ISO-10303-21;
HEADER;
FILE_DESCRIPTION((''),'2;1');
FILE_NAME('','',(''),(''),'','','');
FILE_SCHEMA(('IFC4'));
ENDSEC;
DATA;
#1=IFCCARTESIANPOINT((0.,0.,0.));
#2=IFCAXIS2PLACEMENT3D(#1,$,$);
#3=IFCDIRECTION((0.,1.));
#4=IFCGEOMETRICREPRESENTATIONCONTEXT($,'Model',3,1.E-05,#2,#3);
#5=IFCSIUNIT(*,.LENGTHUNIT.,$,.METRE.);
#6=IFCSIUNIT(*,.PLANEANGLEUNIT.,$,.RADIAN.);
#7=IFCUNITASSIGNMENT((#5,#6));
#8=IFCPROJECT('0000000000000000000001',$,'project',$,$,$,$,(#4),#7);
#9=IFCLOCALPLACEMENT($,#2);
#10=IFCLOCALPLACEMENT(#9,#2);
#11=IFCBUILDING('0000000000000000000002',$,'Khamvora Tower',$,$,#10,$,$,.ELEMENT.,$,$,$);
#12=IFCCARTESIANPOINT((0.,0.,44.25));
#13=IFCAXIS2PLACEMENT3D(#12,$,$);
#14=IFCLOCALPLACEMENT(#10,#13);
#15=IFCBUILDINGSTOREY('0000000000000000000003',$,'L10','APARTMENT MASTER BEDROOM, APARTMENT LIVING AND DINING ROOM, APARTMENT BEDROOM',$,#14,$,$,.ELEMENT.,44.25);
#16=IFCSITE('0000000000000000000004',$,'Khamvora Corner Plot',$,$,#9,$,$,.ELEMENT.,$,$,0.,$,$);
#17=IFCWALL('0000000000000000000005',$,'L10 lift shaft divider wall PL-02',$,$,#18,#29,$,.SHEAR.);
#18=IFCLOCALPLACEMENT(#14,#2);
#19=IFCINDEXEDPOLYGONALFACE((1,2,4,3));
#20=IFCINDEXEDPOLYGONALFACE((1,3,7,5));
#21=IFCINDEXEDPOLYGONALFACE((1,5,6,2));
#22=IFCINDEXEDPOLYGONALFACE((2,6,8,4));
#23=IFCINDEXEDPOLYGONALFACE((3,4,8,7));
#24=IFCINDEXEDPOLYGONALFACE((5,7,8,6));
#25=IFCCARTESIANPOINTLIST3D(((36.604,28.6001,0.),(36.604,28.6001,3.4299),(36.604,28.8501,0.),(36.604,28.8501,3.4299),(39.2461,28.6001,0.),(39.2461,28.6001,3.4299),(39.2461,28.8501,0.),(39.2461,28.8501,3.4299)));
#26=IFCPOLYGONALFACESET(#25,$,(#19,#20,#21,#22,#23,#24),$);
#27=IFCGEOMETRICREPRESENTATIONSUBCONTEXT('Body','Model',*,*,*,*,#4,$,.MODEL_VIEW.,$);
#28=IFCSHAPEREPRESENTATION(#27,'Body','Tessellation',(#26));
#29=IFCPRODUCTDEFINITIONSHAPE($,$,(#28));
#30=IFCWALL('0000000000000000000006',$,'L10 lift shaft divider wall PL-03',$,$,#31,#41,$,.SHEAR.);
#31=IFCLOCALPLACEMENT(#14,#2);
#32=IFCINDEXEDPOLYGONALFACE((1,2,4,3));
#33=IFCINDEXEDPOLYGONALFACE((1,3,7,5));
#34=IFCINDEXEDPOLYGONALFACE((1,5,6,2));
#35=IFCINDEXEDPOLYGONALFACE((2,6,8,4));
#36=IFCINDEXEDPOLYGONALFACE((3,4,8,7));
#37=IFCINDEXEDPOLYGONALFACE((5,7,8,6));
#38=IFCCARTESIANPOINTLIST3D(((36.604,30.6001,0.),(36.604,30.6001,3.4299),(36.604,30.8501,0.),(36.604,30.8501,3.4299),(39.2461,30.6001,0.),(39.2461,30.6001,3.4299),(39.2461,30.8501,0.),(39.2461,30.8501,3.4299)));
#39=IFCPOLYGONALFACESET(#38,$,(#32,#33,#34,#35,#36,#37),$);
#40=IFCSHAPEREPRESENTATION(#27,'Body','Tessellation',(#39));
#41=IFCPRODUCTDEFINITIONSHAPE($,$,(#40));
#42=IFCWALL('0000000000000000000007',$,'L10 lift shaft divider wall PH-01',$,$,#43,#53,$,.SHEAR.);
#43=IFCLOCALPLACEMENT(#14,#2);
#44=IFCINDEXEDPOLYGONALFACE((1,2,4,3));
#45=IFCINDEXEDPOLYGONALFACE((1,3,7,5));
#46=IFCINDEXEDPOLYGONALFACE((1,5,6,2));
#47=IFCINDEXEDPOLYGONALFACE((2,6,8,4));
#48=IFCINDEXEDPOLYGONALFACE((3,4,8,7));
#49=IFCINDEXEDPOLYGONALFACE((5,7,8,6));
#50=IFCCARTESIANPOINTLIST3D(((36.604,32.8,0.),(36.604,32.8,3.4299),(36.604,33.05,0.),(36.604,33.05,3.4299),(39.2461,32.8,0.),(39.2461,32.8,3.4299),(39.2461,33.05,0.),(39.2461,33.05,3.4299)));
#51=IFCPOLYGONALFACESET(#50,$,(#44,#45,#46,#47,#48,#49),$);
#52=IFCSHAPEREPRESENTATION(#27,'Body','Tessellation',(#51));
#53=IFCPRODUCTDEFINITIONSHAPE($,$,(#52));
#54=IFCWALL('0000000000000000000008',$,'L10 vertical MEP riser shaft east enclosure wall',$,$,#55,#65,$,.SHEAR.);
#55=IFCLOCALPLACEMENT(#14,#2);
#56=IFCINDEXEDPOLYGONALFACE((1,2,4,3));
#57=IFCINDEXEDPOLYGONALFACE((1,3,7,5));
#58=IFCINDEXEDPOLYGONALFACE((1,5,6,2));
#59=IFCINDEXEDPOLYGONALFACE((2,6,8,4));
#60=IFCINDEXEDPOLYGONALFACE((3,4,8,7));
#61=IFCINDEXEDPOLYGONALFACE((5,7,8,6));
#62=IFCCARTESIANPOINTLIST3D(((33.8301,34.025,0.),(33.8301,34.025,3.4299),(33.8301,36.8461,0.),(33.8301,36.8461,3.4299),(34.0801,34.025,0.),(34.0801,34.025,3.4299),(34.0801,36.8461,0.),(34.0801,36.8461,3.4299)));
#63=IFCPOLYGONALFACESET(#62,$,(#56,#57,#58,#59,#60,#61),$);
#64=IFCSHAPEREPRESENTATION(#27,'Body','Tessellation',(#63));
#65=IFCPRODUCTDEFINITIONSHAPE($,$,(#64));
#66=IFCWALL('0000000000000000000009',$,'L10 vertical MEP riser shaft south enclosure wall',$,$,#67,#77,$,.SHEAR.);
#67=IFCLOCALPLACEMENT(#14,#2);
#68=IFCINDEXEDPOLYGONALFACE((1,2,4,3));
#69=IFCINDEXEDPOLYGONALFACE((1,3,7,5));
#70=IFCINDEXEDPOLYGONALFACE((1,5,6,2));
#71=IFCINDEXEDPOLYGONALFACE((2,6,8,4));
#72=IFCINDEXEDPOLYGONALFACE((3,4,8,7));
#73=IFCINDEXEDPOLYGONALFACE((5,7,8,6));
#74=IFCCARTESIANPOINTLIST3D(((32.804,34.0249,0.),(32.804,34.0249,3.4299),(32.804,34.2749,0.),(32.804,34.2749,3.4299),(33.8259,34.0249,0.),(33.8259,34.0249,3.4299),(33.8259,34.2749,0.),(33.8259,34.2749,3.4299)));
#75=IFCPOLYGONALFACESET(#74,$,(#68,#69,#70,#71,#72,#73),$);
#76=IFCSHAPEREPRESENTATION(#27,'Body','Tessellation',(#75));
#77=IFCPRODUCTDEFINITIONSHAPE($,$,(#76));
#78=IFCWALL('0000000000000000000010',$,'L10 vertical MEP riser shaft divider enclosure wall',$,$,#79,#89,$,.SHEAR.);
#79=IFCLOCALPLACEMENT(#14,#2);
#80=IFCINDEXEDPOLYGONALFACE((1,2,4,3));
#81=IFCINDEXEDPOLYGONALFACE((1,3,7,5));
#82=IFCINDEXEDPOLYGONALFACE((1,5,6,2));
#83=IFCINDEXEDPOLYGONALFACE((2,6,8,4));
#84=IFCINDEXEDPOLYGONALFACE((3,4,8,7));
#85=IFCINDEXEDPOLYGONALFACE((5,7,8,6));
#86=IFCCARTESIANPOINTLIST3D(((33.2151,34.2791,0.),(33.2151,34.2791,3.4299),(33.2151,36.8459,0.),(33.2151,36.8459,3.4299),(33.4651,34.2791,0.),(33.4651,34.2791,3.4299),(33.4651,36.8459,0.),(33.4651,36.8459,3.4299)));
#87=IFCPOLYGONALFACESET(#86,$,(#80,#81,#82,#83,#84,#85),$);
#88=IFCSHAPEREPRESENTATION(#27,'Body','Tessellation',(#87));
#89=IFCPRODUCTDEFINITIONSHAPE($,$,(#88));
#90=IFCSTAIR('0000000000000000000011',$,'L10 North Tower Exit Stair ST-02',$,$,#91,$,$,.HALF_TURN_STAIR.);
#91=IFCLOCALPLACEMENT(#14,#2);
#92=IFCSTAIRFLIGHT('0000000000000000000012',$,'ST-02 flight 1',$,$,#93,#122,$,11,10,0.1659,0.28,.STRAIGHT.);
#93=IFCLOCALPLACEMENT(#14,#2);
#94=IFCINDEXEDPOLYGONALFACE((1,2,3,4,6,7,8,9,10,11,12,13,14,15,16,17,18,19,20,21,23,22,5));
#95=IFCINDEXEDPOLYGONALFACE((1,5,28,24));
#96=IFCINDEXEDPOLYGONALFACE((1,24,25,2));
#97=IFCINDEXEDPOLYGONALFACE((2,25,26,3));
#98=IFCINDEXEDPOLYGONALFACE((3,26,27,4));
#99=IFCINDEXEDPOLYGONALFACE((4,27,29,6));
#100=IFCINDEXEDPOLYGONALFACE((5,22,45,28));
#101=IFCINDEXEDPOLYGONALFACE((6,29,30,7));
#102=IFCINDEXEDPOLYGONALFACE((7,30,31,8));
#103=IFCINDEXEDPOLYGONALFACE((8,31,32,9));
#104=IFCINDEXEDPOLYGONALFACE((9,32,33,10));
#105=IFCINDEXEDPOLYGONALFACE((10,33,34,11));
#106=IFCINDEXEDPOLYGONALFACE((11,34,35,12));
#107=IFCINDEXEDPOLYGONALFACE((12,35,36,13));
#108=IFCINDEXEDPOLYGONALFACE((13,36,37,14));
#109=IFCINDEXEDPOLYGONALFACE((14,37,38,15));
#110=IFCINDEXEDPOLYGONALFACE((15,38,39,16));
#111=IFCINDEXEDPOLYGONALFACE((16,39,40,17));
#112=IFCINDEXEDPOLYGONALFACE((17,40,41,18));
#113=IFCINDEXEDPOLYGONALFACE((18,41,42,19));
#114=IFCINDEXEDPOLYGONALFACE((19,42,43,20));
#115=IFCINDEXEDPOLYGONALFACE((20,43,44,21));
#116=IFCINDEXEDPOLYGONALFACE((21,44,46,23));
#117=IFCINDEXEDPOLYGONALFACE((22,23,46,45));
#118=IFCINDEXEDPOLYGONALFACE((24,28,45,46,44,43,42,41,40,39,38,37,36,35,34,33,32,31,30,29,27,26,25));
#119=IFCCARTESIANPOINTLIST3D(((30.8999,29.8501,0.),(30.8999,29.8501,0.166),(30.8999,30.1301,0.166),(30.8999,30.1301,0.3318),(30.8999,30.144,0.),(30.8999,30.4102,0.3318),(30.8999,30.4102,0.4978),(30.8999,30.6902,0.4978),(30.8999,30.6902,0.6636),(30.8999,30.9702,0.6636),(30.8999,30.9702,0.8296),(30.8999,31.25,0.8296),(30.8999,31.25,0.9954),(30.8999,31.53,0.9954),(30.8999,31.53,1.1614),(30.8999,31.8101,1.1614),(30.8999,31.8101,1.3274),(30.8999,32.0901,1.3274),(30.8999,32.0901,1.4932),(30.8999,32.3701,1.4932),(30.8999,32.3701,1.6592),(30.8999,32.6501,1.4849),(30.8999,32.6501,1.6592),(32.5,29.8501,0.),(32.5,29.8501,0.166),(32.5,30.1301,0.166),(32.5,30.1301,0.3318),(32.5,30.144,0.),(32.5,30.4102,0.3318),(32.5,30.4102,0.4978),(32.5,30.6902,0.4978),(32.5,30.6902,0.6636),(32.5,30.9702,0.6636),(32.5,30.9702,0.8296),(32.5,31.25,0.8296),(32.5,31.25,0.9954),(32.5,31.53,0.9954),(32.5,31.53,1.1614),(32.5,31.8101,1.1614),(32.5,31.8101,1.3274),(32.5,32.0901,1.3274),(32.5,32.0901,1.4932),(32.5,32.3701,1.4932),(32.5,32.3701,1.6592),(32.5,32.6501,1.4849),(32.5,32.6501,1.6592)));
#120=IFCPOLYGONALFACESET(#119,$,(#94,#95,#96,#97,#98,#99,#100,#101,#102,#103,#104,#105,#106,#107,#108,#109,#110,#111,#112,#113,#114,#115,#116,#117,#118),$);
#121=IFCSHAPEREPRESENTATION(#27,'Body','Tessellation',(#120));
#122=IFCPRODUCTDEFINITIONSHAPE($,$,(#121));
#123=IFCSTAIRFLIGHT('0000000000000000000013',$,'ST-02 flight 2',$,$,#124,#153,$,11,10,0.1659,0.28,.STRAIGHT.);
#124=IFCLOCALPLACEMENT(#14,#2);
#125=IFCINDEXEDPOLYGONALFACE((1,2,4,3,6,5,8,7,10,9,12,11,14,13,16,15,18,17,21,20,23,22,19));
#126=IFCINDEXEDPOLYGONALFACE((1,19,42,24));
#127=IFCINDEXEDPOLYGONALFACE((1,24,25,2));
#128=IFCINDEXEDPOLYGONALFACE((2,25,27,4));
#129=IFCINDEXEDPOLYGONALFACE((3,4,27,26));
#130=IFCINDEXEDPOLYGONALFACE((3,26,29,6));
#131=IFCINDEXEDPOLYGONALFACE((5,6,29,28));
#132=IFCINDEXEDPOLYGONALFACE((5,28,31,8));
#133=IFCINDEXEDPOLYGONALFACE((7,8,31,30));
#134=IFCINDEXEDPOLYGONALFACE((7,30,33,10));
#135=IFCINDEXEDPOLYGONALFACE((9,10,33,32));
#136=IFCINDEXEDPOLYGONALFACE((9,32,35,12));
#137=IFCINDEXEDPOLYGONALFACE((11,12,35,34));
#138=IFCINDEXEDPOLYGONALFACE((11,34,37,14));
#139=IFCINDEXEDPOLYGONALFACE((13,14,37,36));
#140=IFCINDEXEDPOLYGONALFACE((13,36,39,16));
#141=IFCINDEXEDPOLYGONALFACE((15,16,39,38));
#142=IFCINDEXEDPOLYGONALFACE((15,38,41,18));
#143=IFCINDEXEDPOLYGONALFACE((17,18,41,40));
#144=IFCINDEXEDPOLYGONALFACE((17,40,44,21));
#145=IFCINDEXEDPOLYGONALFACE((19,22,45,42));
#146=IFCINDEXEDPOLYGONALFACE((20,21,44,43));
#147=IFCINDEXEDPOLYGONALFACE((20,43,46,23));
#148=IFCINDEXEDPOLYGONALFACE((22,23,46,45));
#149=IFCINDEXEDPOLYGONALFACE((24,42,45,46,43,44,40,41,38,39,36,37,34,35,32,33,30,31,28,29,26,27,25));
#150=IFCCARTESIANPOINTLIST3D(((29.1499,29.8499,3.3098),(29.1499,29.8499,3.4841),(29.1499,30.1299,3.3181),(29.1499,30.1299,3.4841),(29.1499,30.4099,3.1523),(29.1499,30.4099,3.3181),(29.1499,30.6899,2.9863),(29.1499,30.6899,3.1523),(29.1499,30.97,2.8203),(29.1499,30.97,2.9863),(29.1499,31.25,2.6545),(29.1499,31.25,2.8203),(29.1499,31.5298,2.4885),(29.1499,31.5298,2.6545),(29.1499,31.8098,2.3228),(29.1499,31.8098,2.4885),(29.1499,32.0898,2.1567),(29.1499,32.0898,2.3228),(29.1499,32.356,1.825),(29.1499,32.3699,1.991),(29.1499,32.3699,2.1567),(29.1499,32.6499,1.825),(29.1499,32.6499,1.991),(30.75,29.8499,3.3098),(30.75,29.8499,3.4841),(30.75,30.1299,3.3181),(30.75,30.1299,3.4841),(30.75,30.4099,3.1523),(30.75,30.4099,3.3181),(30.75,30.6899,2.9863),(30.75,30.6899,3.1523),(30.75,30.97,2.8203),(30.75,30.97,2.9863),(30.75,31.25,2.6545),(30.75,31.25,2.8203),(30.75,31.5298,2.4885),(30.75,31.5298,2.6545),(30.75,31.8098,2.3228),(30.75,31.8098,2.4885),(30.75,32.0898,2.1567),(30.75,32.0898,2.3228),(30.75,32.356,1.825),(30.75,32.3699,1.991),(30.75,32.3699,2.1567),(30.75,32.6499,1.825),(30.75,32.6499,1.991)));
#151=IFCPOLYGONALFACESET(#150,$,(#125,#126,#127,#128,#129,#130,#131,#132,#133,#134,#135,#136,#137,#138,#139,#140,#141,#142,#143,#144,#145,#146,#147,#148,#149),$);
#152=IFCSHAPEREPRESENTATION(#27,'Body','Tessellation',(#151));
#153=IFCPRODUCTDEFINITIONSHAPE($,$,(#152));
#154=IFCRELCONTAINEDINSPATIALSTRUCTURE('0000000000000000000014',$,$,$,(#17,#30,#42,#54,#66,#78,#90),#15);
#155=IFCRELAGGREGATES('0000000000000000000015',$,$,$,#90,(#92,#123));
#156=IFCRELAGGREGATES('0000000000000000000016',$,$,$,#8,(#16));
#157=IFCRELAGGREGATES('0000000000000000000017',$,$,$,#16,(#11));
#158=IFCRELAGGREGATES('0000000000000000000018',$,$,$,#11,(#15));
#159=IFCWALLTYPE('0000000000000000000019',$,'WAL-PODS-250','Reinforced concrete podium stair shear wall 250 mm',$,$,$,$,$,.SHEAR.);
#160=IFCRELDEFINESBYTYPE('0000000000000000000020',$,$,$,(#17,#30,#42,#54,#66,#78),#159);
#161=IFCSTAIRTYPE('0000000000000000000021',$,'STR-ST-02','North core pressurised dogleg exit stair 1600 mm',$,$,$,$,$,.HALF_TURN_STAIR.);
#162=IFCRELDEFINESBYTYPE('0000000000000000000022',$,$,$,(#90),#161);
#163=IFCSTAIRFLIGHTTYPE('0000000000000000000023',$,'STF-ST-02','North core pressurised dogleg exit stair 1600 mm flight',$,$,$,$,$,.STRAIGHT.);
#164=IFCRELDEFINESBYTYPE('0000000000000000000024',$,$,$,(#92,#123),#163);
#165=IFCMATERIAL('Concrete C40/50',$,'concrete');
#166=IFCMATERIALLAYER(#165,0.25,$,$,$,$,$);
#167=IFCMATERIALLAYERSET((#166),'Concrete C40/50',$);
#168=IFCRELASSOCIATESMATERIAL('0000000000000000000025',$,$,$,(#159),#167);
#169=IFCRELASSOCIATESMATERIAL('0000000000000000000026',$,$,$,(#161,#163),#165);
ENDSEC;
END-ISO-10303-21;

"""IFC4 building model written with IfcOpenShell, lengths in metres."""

from ifc_helpers import new_model, si_unit, direction, frame, frame_2d, origin, place, context, subcontext, project, spatial, polyline, rectangle, outline, extrude, material, layer, layer_set, type_object, element, aggregate, save


model = new_model("IFC4")

# Units and contexts
model_context = context("Model", 3, precision=1e-05, world=origin(), true_north=direction((0.0, 1.0)))
body_context = subcontext(model_context, "Body", "Model", "MODEL_VIEW")
ifc_project = project(units=[si_unit("LENGTHUNIT", "METRE"), si_unit("PLANEANGLEUNIT", "RADIAN")], contexts=[model_context])

# Site, building, storey
site_placement = place(None, origin())
site = spatial("IfcSite", under=ifc_project, at=site_placement, Name="Khamvora Corner Plot", CompositionType="ELEMENT", RefElevation=0.0)
building_placement = place(site_placement, origin())
building = spatial("IfcBuilding", under=site, at=building_placement, Name="Khamvora Tower", CompositionType="ELEMENT")
storey_placement = place(building_placement, frame((0.0, 0.0, 44.25)))
storey = spatial("IfcBuildingStorey", under=building, at=storey_placement, Name="L10", Description="APARTMENT MASTER BEDROOM, APARTMENT LIVING AND DINING ROOM, APARTMENT BEDROOM", CompositionType="ELEMENT", Elevation=44.25)

# Walls
ifc_material_1 = material(Name="Concrete C40/50", Category="concrete")
ifc_layer_1 = layer(ifc_material_1, 0.25)
ifc_layer_set_1 = layer_set([ifc_layer_1], Name="Concrete C40/50")
wall_type_1 = type_object("IfcWallType", Name="WAL-PODS-250", Description="Reinforced concrete podium stair shear wall 250 mm", PredefinedType="SHEAR", material=ifc_layer_set_1)
for number, where, z_axis, x_axis, name in (
    (1, (36.604, 28.7251, 0.0), (0.0, 0.0, 1.0), (1.0, 0.0, 0.0), "L10 lift shaft divider wall PL-02"),
    (2, (36.604, 30.7251, 0.0), (0.0, 0.0, 1.0), (1.0, 0.0, 0.0), "L10 lift shaft divider wall PL-03"),
    (3, (36.604, 32.925, 0.0), (0.0, 0.0, 1.0), (1.0, 0.0, 0.0), "L10 lift shaft divider wall PH-01"),
):
    element("IfcWall", number, at=place(storey_placement, frame(where, z_axis=z_axis, x_axis=x_axis)), inside=storey, type_object=wall_type_1, Name=name, PredefinedType="SHEAR", context=body_context, shape_type="SweptSolid", body=[
        extrude(rectangle(XDim=2.6421, YDim=0.25, at=frame_2d((1.321, 0.0))), origin(), (0.0, 0.0, 1.0), 3.4299),
    ])
wall_1_placement = place(storey_placement, frame((33.9551, 34.0249, 0.0), z_axis=(0.0, 0.0, 1.0), x_axis=(0.0, 1.0, 0.0)))
element("IfcWall", 4, at=wall_1_placement, inside=storey, type_object=wall_type_1, Name="L10 vertical MEP riser shaft east enclosure wall", PredefinedType="SHEAR", context=body_context, shape_type="SweptSolid", body=[
    extrude(rectangle(XDim=2.821, YDim=0.25, at=frame_2d((1.4106, 0.0))), origin(), (0.0, 0.0, 1.0), 3.4299),
])
wall_2_placement = place(storey_placement, frame((32.804, 34.1499, 0.0), z_axis=(0.0, 0.0, 1.0), x_axis=(1.0, 0.0, 0.0)))
element("IfcWall", 5, at=wall_2_placement, inside=storey, type_object=wall_type_1, Name="L10 vertical MEP riser shaft south enclosure wall", PredefinedType="SHEAR", context=body_context, shape_type="SweptSolid", body=[
    extrude(rectangle(XDim=1.022, YDim=0.25, at=frame_2d((0.511, 0.0))), origin(), (0.0, 0.0, 1.0), 3.4299),
])
wall_3_placement = place(storey_placement, frame((33.3401, 34.2791, 0.0), z_axis=(0.0, 0.0, 1.0), x_axis=(0.0, 1.0, 0.0)))
element("IfcWall", 6, at=wall_3_placement, inside=storey, type_object=wall_type_1, Name="L10 vertical MEP riser shaft divider enclosure wall", PredefinedType="SHEAR", context=body_context, shape_type="SweptSolid", body=[
    extrude(rectangle(XDim=2.5669, YDim=0.25, at=frame_2d((1.2834, 0.0))), origin(), (0.0, 0.0, 1.0), 3.4299),
])

# Stair, stair flights
stair_type = type_object("IfcStairType", Name="STR-ST-02", Description="North core pressurised dogleg exit stair 1600 mm", PredefinedType="HALF_TURN_STAIR", material=ifc_material_1)
stair_placement = place(storey_placement, origin())
stair = element("IfcStair", 7, at=stair_placement, inside=storey, type_object=stair_type, Name="L10 North Tower Exit Stair ST-02", PredefinedType="HALF_TURN_STAIR")
stair_flight_type = type_object("IfcStairFlightType", Name="STF-ST-02", Description="North core pressurised dogleg exit stair 1600 mm flight", PredefinedType="STRAIGHT", material=ifc_material_1)
stair_flight_1_placement = place(storey_placement, frame((31.7, 29.8501, 0.0), z_axis=(0.0, 0.0, 1.0), x_axis=(0.0, 1.0, 0.0)))
stair_flight_1 = element("IfcStairFlight", 8, at=stair_flight_1_placement, type_object=stair_flight_type, Name="ST-02 flight 1", NumberOfRisers=11, NumberOfTreads=10, PredefinedType="STRAIGHT", RiserHeight=0.1659, TreadLength=0.28, context=body_context, shape_type="SweptSolid", body=[
    extrude(outline(polyline([(0.0, 0.0), (0.0, 0.166), (0.28, 0.166), (0.28, 0.3318), (0.5601, 0.3318), (0.5601, 0.4978), (0.8401, 0.4978), (0.8401, 0.6636), (1.1201, 0.6636), (1.1201, 0.8296), (1.3999, 0.8296), (1.3999, 0.9954), (1.6799, 0.9954), (1.6799, 1.1614), (1.96, 1.1614), (1.96, 1.3274), (2.24, 1.3274), (2.24, 1.4932), (2.52, 1.4932), (2.52, 1.6592), (2.8, 1.6592), (2.8, 1.825), (2.8, 1.4849), (0.2939, 0.0), (0.0, 0.0)])), frame((0.0, 0.8, 0.0), z_axis=(0.0, -1.0, 0.0), x_axis=(1.0, 0.0, 0.0)), (0.0, 0.0, 1.0), 1.6001),
])
stair_flight_2_placement = place(storey_placement, frame((29.95, 32.6499, 1.825), z_axis=(0.0, 0.0, 1.0), x_axis=(0.0, -1.0, 0.0)))
stair_flight_2 = element("IfcStairFlight", 9, at=stair_flight_2_placement, type_object=stair_flight_type, Name="ST-02 flight 2", NumberOfRisers=11, NumberOfTreads=10, PredefinedType="STRAIGHT", RiserHeight=0.1659, TreadLength=0.28, context=body_context, shape_type="SweptSolid", body=[
    extrude(outline(polyline([(0.0, 0.0), (0.0, 0.166), (0.28, 0.166), (0.28, 0.3318), (0.5601, 0.3318), (0.5601, 0.4978), (0.8401, 0.4978), (0.8401, 0.6636), (1.1201, 0.6636), (1.1201, 0.8296), (1.3999, 0.8296), (1.3999, 0.9954), (1.6799, 0.9954), (1.6799, 1.1614), (1.96, 1.1614), (1.96, 1.3274), (2.24, 1.3274), (2.24, 1.4932), (2.52, 1.4932), (2.52, 1.6592), (2.8, 1.6592), (2.8, 1.825), (2.8, 1.4849), (0.2939, 0.0), (0.0, 0.0)])), frame((0.0, 0.8, 0.0), z_axis=(0.0, -1.0, 0.0), x_axis=(1.0, 0.0, 0.0)), (0.0, 0.0, 1.0), 1.6001),
])
aggregate(stair, [stair_flight_1, stair_flight_2])

save(model, "model.ifc")
